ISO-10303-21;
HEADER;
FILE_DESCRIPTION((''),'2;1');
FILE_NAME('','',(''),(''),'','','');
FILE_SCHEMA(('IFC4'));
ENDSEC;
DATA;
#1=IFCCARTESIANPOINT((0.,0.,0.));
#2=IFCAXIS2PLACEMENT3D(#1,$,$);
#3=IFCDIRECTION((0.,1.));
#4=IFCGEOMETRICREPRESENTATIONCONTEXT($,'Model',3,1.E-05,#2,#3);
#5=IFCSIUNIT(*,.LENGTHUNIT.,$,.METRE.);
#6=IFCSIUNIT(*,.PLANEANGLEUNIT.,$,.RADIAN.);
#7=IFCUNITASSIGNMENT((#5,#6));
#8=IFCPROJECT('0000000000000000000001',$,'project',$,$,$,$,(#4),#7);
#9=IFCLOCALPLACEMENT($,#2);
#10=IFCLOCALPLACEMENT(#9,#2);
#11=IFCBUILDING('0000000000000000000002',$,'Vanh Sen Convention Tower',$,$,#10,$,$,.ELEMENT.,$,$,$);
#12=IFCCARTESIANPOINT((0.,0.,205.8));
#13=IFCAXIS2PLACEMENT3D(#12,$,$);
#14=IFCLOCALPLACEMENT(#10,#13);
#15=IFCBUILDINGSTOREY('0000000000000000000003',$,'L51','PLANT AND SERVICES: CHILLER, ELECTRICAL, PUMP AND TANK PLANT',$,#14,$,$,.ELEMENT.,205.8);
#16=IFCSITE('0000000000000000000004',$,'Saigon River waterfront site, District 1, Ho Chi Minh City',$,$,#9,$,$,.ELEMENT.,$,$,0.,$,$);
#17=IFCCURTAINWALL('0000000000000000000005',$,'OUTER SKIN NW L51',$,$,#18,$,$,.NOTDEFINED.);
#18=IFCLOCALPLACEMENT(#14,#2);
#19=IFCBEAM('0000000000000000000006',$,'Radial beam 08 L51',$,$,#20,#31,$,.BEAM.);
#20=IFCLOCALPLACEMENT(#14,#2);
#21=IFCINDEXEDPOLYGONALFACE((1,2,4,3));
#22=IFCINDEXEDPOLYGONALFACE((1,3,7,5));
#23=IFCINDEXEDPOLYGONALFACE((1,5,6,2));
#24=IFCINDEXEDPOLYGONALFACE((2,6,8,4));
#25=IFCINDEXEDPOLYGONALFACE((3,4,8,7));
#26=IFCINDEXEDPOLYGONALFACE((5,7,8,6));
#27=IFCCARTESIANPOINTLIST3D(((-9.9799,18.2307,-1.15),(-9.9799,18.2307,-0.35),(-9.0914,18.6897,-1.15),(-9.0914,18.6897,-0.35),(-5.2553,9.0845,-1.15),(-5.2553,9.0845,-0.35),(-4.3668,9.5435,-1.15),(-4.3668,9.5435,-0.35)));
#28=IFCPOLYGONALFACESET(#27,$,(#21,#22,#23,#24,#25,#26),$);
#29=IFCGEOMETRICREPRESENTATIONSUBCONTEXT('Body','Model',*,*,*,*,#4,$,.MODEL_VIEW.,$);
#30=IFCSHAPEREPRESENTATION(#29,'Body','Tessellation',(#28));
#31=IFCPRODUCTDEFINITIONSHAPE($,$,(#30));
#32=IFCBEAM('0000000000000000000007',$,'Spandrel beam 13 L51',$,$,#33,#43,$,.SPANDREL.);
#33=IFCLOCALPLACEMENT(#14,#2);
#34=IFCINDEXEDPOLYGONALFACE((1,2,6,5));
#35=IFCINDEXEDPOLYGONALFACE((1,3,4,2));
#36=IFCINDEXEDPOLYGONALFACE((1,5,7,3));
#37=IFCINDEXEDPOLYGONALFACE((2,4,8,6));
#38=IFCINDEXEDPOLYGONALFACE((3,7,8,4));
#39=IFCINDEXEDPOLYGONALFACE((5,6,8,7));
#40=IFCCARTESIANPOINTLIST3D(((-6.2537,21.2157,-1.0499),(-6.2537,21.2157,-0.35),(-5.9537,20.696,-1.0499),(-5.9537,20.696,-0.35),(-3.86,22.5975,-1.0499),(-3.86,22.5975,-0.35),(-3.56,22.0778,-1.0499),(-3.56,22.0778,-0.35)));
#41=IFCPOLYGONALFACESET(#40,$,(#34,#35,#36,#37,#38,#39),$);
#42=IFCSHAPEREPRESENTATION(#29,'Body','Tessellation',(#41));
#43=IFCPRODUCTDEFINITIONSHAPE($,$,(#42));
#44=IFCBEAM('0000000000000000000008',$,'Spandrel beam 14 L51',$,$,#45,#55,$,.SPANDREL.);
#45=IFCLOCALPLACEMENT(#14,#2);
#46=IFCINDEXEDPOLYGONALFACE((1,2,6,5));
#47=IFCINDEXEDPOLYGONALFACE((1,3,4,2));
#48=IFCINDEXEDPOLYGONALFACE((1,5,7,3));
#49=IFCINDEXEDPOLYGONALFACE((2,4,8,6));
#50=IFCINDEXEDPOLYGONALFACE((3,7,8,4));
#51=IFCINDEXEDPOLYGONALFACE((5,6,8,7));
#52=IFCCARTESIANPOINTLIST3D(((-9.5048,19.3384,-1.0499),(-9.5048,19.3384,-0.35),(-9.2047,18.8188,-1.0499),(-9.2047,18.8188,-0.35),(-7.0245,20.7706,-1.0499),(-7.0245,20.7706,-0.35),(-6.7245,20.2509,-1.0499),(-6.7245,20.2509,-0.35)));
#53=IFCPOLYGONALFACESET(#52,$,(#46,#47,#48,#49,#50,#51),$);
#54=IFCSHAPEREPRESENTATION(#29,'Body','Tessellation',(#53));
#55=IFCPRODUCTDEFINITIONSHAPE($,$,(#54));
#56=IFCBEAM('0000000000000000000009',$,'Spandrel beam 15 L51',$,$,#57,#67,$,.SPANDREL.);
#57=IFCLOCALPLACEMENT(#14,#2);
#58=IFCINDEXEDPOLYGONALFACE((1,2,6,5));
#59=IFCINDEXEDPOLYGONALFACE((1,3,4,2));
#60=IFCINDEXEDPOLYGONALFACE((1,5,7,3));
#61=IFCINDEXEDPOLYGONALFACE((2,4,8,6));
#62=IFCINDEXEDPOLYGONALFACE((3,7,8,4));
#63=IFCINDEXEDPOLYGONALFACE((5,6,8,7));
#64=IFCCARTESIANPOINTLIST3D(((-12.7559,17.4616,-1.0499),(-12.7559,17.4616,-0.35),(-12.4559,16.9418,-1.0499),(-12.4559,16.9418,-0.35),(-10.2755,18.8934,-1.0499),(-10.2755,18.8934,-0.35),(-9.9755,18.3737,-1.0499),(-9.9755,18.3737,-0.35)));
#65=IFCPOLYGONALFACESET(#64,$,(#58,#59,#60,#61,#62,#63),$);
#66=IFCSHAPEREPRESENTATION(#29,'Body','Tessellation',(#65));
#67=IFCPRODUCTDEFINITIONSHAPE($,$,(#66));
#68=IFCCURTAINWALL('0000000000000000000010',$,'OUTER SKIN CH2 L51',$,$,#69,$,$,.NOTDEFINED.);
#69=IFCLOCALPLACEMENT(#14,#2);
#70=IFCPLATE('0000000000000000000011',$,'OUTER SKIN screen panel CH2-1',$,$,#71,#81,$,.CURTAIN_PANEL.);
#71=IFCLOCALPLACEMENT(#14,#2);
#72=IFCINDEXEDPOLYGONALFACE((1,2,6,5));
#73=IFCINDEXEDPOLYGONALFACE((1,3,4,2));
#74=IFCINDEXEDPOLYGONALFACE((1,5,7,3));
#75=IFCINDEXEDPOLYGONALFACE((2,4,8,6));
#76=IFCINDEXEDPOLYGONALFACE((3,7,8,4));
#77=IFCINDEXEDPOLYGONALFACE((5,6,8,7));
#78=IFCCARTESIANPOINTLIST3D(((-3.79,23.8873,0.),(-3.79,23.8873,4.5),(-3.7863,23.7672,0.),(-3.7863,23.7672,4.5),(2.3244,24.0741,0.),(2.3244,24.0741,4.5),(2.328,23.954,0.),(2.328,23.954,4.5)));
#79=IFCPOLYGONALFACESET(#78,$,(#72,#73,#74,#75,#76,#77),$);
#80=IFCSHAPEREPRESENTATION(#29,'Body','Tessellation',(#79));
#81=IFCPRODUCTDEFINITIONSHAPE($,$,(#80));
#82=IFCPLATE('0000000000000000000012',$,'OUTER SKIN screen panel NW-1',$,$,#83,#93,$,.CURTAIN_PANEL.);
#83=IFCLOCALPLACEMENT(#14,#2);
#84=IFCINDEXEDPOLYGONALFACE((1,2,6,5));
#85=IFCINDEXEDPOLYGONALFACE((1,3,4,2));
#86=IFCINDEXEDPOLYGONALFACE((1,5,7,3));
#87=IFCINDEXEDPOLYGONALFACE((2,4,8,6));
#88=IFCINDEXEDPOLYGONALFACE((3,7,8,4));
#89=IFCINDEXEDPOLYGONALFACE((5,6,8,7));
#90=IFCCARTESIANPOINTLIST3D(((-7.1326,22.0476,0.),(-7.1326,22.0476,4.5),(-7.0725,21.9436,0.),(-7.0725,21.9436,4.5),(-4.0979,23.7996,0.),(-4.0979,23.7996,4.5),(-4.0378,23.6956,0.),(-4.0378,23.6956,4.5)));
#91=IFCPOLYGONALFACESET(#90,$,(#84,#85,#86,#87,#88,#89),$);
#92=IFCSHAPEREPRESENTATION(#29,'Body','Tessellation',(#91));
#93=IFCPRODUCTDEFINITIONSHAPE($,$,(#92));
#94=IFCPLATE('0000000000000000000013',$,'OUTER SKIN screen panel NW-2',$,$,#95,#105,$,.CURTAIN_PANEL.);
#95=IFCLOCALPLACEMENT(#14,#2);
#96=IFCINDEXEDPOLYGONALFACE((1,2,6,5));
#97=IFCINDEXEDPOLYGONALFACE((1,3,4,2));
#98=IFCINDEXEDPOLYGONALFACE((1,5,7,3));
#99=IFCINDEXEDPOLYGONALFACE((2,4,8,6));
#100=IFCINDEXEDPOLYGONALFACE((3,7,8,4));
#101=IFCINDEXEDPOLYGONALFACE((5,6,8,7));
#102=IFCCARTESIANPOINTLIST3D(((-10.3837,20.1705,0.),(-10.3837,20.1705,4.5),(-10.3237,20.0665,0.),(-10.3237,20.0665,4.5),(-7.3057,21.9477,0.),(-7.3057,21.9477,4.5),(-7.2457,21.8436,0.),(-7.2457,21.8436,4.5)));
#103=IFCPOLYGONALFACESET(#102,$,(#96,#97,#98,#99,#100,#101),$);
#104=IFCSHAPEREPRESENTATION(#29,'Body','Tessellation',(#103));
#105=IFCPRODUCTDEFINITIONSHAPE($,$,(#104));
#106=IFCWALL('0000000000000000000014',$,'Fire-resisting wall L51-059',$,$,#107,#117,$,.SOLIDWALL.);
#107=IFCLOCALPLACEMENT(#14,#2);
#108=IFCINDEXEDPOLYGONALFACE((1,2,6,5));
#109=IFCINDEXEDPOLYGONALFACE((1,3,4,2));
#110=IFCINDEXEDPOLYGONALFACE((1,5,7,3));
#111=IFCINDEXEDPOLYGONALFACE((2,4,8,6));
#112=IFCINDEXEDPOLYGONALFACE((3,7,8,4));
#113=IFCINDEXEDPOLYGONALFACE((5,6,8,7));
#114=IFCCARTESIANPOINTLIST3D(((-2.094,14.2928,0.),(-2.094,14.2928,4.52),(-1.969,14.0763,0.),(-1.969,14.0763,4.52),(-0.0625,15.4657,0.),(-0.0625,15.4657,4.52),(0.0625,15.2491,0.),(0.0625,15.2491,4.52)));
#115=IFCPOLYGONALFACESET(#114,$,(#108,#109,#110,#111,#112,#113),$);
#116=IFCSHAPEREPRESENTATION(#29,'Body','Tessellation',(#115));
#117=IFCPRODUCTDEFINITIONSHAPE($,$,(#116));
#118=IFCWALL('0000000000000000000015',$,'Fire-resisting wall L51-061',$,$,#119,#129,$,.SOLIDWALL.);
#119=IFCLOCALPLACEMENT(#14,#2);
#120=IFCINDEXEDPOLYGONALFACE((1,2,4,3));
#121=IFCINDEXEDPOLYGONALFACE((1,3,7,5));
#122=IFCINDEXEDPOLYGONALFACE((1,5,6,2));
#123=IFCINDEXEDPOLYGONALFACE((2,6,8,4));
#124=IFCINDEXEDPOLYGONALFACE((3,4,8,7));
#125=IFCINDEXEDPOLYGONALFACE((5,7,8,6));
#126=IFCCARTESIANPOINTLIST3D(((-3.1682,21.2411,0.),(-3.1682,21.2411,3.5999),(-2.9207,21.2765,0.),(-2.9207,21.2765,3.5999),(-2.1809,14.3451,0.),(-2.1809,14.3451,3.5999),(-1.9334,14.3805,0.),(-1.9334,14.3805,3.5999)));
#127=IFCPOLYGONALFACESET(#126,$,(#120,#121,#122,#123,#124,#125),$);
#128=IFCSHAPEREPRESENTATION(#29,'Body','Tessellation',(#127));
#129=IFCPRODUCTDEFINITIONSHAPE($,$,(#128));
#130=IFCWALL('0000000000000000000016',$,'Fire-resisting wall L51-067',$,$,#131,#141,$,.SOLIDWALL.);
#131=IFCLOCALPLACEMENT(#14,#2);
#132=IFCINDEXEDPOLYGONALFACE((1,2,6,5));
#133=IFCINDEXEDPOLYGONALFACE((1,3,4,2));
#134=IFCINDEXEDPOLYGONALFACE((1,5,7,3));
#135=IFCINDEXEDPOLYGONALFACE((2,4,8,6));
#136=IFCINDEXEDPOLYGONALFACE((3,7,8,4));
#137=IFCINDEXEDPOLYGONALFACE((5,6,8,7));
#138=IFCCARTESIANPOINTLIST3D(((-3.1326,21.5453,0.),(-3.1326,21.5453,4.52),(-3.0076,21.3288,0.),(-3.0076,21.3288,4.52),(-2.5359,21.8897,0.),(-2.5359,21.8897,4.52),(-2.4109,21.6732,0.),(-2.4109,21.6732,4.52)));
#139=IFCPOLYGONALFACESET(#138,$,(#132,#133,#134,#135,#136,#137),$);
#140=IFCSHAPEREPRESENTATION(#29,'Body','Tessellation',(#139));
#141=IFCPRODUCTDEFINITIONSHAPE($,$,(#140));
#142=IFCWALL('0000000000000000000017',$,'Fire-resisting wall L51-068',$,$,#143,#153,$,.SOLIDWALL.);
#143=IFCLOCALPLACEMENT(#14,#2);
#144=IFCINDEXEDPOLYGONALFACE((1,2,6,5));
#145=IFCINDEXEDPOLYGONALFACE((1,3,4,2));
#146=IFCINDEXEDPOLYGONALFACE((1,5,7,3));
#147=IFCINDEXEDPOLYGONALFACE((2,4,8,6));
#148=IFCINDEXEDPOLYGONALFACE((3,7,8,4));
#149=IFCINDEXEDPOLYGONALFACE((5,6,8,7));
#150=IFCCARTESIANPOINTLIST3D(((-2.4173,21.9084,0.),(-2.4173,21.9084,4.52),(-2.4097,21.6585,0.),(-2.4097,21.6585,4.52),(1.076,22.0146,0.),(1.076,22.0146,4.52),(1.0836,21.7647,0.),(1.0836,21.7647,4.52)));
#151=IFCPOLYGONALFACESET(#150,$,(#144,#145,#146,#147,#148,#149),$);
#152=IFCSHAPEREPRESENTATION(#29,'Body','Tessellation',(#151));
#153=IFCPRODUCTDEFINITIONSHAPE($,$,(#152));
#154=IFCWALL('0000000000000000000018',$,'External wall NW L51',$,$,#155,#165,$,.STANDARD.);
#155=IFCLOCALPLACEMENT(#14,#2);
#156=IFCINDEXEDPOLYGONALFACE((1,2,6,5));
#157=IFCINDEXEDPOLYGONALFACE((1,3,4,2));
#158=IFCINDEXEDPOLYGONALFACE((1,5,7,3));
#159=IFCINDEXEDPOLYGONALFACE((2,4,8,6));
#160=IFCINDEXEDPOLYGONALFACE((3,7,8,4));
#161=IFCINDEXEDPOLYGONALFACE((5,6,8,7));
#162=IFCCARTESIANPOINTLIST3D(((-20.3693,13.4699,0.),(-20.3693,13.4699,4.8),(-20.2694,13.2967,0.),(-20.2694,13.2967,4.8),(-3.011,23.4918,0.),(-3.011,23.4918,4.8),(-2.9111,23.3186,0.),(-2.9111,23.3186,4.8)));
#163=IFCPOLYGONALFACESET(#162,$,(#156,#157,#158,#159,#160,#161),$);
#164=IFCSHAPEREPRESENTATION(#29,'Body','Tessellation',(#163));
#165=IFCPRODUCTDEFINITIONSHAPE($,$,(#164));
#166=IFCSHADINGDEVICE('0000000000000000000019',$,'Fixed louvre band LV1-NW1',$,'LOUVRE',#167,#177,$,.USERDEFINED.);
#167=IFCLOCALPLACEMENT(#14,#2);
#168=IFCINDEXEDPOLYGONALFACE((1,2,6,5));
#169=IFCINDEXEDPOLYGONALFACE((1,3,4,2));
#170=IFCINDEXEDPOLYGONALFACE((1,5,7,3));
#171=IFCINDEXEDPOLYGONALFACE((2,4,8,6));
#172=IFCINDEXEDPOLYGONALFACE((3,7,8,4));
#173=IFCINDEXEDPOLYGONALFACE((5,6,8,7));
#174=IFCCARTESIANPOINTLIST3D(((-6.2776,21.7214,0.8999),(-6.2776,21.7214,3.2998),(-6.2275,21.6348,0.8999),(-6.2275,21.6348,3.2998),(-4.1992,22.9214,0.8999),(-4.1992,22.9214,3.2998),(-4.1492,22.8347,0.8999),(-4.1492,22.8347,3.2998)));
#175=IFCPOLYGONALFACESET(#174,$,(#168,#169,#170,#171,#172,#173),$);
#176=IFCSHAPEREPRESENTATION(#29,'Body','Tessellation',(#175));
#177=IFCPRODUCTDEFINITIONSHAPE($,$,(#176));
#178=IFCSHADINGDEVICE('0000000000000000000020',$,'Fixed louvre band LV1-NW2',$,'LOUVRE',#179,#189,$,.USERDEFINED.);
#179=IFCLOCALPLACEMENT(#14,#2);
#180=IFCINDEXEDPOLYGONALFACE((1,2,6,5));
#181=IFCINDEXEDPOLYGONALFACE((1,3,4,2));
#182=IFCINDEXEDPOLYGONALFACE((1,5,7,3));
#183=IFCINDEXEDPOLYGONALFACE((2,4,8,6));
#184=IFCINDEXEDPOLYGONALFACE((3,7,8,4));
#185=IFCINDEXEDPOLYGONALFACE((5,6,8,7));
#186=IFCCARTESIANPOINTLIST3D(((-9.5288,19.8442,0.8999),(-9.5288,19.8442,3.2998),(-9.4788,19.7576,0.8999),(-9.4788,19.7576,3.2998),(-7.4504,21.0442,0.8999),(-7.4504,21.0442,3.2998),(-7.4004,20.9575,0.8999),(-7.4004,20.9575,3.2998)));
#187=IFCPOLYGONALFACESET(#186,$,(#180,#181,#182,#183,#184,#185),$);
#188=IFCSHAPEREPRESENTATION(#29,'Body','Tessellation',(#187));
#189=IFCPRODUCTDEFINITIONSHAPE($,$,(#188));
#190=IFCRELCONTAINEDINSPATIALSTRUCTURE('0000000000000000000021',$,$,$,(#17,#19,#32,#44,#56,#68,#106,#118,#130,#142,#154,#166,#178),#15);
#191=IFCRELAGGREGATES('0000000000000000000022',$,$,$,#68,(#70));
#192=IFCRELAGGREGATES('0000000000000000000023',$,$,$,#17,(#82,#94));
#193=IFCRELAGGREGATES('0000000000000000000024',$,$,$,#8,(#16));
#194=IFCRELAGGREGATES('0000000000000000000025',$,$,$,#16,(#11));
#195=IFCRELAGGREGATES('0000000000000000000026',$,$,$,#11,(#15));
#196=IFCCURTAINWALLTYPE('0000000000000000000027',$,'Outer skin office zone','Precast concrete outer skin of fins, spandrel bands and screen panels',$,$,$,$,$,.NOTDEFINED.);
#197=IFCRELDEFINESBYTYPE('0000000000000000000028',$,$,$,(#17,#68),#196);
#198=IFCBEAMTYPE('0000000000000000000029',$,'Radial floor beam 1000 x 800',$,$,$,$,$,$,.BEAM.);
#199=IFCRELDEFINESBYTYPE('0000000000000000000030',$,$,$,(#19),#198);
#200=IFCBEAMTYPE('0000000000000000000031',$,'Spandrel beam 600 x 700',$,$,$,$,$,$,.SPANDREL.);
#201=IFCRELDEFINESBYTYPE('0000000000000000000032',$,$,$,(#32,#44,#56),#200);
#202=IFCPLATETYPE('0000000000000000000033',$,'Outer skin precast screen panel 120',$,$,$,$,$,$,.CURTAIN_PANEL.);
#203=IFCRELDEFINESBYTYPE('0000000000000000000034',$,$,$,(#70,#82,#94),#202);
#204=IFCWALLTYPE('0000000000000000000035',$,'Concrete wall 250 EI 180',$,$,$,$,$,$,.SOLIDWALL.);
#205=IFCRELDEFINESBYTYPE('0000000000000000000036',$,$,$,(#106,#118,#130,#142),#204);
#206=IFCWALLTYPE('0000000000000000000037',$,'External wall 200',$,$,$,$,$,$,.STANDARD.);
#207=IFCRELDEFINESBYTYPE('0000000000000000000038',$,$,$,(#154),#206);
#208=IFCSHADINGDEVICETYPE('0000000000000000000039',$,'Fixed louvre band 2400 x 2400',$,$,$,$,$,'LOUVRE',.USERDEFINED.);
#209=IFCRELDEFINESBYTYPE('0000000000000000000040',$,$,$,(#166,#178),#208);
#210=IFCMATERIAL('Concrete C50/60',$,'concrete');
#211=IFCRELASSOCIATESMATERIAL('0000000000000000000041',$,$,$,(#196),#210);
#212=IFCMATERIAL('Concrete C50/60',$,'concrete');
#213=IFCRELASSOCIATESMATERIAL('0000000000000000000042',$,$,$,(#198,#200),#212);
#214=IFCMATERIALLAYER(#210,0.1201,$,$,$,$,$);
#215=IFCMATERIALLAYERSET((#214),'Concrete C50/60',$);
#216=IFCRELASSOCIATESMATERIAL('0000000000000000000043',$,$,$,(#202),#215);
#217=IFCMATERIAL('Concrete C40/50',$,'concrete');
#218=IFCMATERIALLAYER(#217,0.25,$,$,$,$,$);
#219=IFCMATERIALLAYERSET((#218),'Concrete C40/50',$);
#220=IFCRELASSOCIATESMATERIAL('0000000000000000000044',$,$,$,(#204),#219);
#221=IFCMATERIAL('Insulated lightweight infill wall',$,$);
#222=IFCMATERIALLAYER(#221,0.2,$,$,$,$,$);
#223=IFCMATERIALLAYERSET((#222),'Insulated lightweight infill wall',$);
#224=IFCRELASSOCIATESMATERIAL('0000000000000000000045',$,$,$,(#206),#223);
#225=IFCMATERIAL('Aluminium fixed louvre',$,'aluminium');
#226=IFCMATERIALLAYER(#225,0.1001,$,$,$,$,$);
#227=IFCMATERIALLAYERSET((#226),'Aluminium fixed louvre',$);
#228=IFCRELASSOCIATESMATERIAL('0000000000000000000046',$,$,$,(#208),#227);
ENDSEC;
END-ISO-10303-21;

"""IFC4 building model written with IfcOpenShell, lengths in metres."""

from ifc_helpers import new_model, si_unit, direction, frame, frame_2d, origin, origin_2d, place, context, subcontext, project, spatial, rectangle, extrude, material, layer, layer_set, material_profile, profile_set, type_object, element, aggregate, save


model = new_model("IFC4")

# Units and contexts
model_context = context("Model", 3, precision=1e-05, world=origin(), true_north=direction((0.0, 1.0)))
body_context = subcontext(model_context, "Body", "Model", "MODEL_VIEW")
ifc_project = project(units=[si_unit("LENGTHUNIT", "METRE"), si_unit("PLANEANGLEUNIT", "RADIAN")], contexts=[model_context])

# Site, building, storey
site_placement = place(None, origin())
site = spatial("IfcSite", under=ifc_project, at=site_placement, Name="Saigon River waterfront site, District 1, Ho Chi Minh City", CompositionType="ELEMENT", RefElevation=0.0)
building_placement = place(site_placement, origin())
building = spatial("IfcBuilding", under=site, at=building_placement, Name="Vanh Sen Convention Tower", CompositionType="ELEMENT")
storey_placement = place(building_placement, frame((0.0, 0.0, 205.8)))
storey = spatial("IfcBuildingStorey", under=building, at=storey_placement, Name="L51", Description="PLANT AND SERVICES: CHILLER, ELECTRICAL, PUMP AND TANK PLANT", CompositionType="ELEMENT", Elevation=205.8)

# Curtain wall
ifc_material_1 = material(Name="Concrete C50/60", Category="concrete")
curtain_wall_type = type_object("IfcCurtainWallType", Name="Outer skin office zone", Description="Precast concrete outer skin of fins, spandrel bands and screen panels", PredefinedType="NOTDEFINED", material=ifc_material_1)
curtain_wall_1_placement = place(storey_placement, origin())
curtain_wall_1 = element("IfcCurtainWall", 1, at=curtain_wall_1_placement, inside=storey, type_object=curtain_wall_type, Name="OUTER SKIN NW L51", PredefinedType="NOTDEFINED")

# Beams
ifc_material_2 = material(Name="Concrete C50/60", Category="concrete")
ifc_material_profile_1 = material_profile(ifc_material_2, rectangle(XDim=1.0, YDim=0.8, at=origin_2d()), Name="RC 1000X800")
ifc_profile_set_1 = profile_set([ifc_material_profile_1], Name="Concrete C50/60")
beam_type_1 = type_object("IfcBeamType", Name="Radial floor beam 1000 x 800", PredefinedType="BEAM", material=ifc_profile_set_1)
beam_1_placement = place(storey_placement, frame((-9.5356, 18.4602, -0.75), z_axis=(0.458947, -0.888463, 0.0), x_axis=(0.888463, 0.458947, 0.0)))
element("IfcBeam", 2, at=beam_1_placement, inside=storey, type_object=beam_type_1, Name="Radial beam 08 L51", PredefinedType="BEAM", context=body_context, shape_type="SweptSolid", body=[
    extrude(rectangle(XDim=1.0, YDim=0.8, at=origin_2d()), origin(), (0.0, 0.0, 1.0), 10.2944),
])
ifc_material_profile_2 = material_profile(ifc_material_2, rectangle(XDim=0.6001, YDim=0.7, at=origin_2d()), Name="RC 600X700")
ifc_profile_set_2 = profile_set([ifc_material_profile_2], Name="Concrete C50/60")
beam_type_2 = type_object("IfcBeamType", Name="Spandrel beam 600 x 700", PredefinedType="SPANDREL", material=ifc_profile_set_2)
beam_2_placement = place(storey_placement, frame((-3.71, 22.3376, -0.7), z_axis=(-0.866061, -0.499939, 0.0), x_axis=(0.499939, -0.866061, 0.0)))
element("IfcBeam", 3, at=beam_2_placement, inside=storey, type_object=beam_type_2, Name="Spandrel beam 13 L51", PredefinedType="SPANDREL", context=body_context, shape_type="SweptSolid", body=[
    extrude(rectangle(XDim=0.6001, YDim=0.7, at=origin_2d()), origin(), (0.0, 0.0, 1.0), 2.7639),
])
for number, where, z_axis, x_axis, name in (
    (4, (-6.8745, 20.5107, -0.7), (-0.866, -0.500045, 0.0), (0.500045, -0.866, 0.0), "Spandrel beam 14 L51"),
    (5, (-10.1255, 18.6335, -0.7), (-0.866058, -0.499944, 0.0), (0.499944, -0.866058, 0.0), "Spandrel beam 15 L51"),
):
    element("IfcBeam", number, at=place(storey_placement, frame(where, z_axis=z_axis, x_axis=x_axis)), inside=storey, type_object=beam_type_2, Name=name, PredefinedType="SPANDREL", context=body_context, shape_type="SweptSolid", body=[
        extrude(rectangle(XDim=0.6001, YDim=0.7, at=origin_2d()), origin(), (0.0, 0.0, 1.0), 2.864),
    ])

# Curtain wall, plate
curtain_wall_2_placement = place(storey_placement, origin())
curtain_wall_2 = element("IfcCurtainWall", 6, at=curtain_wall_2_placement, inside=storey, type_object=curtain_wall_type, Name="OUTER SKIN CH2 L51", PredefinedType="NOTDEFINED")
ifc_layer_1 = layer(ifc_material_1, 0.1201)
ifc_layer_set_1 = layer_set([ifc_layer_1], Name="Concrete C50/60")
plate_type = type_object("IfcPlateType", Name="Outer skin precast screen panel 120", PredefinedType="CURTAIN_PANEL", material=ifc_layer_set_1)
plate_1_placement = place(storey_placement, frame((-0.731, 23.9207, 0.0), z_axis=(0.0, 0.0, 1.0), x_axis=(-0.999534, -0.030539, 0.0)))
plate_1 = element("IfcPlate", 7, at=plate_1_placement, type_object=plate_type, Name="OUTER SKIN screen panel CH2-1", PredefinedType="CURTAIN_PANEL", context=body_context, shape_type="SweptSolid", body=[
    extrude(rectangle(XDim=6.1172, YDim=0.1201, at=origin_2d()), origin(), (0.0, 0.0, 1.0), 4.5),
])
aggregate(curtain_wall_2, [plate_1])

# Plates
plate_2_placement = place(storey_placement, frame((-5.5852, 22.8716, 0.0), z_axis=(0.0, 0.0, 1.0), x_axis=(-0.866035, -0.499983, 0.0)))
plate_2 = element("IfcPlate", 8, at=plate_2_placement, type_object=plate_type, Name="OUTER SKIN screen panel NW-1", PredefinedType="CURTAIN_PANEL", context=body_context, shape_type="SweptSolid", body=[
    extrude(rectangle(XDim=3.5042, YDim=0.1201, at=origin_2d()), origin(), (0.0, 0.0, 1.0), 4.5),
])
plate_3_placement = place(storey_placement, frame((-8.8147, 21.0071, 0.0), z_axis=(0.0, 0.0, 1.0), x_axis=(-0.866017, -0.500015, 0.0)))
plate_3 = element("IfcPlate", 9, at=plate_3_placement, type_object=plate_type, Name="OUTER SKIN screen panel NW-2", PredefinedType="CURTAIN_PANEL", context=body_context, shape_type="SweptSolid", body=[
    extrude(rectangle(XDim=3.5542, YDim=0.1201, at=origin_2d()), origin(), (0.0, 0.0, 1.0), 4.5),
])
aggregate(curtain_wall_1, [plate_2, plate_3])

# Walls
ifc_material_3 = material(Name="Concrete C40/50", Category="concrete")
ifc_layer_2 = layer(ifc_material_3, 0.25)
ifc_layer_set_2 = layer_set([ifc_layer_2], Name="Concrete C40/50")
wall_type_1 = type_object("IfcWallType", Name="Concrete wall 250 EI 180", PredefinedType="SOLIDWALL", material=ifc_layer_set_2)
wall_1_placement = place(storey_placement, frame((-2.0315, 14.1846, 0.0), z_axis=(0.0, 0.0, 1.0), x_axis=(0.866031, 0.49999, 0.0)))
element("IfcWall", 10, at=wall_1_placement, inside=storey, type_object=wall_type_1, Name="Fire-resisting wall L51-059", PredefinedType="SOLIDWALL", context=body_context, shape_type="SweptSolid", body=[
    extrude(rectangle(XDim=2.3457, YDim=0.25, at=frame_2d((1.1729, 0.0))), origin(), (0.0, 0.0, 1.0), 4.52),
])
wall_2_placement = place(storey_placement, frame((-2.0571, 14.3628, 0.0), z_axis=(0.0, 0.0, 1.0), x_axis=(-0.141726, 0.989906, 0.0)))
element("IfcWall", 11, at=wall_2_placement, inside=storey, type_object=wall_type_1, Name="Fire-resisting wall L51-061", PredefinedType="SOLIDWALL", context=body_context, shape_type="SweptSolid", body=[
    extrude(rectangle(XDim=6.9663, YDim=0.25, at=frame_2d((3.4832, 0.0))), origin(), (0.0, 0.0, 1.0), 3.5999),
])
wall_3_placement = place(storey_placement, frame((-3.0701, 21.437, 0.0), z_axis=(0.0, 0.0, 1.0), x_axis=(0.866032, 0.499988, 0.0)))
element("IfcWall", 12, at=wall_3_placement, inside=storey, type_object=wall_type_1, Name="Fire-resisting wall L51-067", PredefinedType="SOLIDWALL", context=body_context, shape_type="SweptSolid", body=[
    extrude(rectangle(XDim=0.689, YDim=0.25, at=frame_2d((0.3445, 0.0))), origin(), (0.0, 0.0, 1.0), 4.52),
])
wall_4_placement = place(storey_placement, frame((-2.4136, 21.7834, 0.0), z_axis=(0.0, 0.0, 1.0), x_axis=(0.999538, 0.030389, 0.0)))
element("IfcWall", 13, at=wall_4_placement, inside=storey, type_object=wall_type_1, Name="Fire-resisting wall L51-068", PredefinedType="SOLIDWALL", context=body_context, shape_type="SweptSolid", body=[
    extrude(rectangle(XDim=3.4949, YDim=0.25, at=frame_2d((1.7476, 0.0))), origin(), (0.0, 0.0, 1.0), 4.52),
])
ifc_material_4 = material(Name="Insulated lightweight infill wall")
ifc_layer_3 = layer(ifc_material_4, 0.2)
ifc_layer_set_3 = layer_set([ifc_layer_3], Name="Insulated lightweight infill wall")
wall_type_2 = type_object("IfcWallType", Name="External wall 200", PredefinedType="STANDARD", material=ifc_layer_set_3)
wall_5_placement = place(storey_placement, frame((-2.9609, 23.4053, 0.0), z_axis=(0.0, 0.0, 1.0), x_axis=(-0.866023, -0.500004, 0.0)))
element("IfcWall", 14, at=wall_5_placement, inside=storey, type_object=wall_type_2, Name="External wall NW L51", PredefinedType="STANDARD", context=body_context, shape_type="SweptSolid", body=[
    extrude(rectangle(XDim=20.0437, YDim=0.2, at=frame_2d((10.022, 0.0))), origin(), (0.0, 0.0, 1.0), 4.8),
])

# Shading devices
ifc_material_5 = material(Name="Aluminium fixed louvre", Category="aluminium")
ifc_layer_4 = layer(ifc_material_5, 0.1001)
ifc_layer_set_4 = layer_set([ifc_layer_4], Name="Aluminium fixed louvre")
shading_device_type_1 = type_object("IfcShadingDeviceType", Name="Fixed louvre band 2400 x 2400", ElementType="LOUVRE", PredefinedType="USERDEFINED", material=ifc_layer_set_4)
for number, where, z_axis, x_axis, name in (
    (15, (-5.2134, 22.2781, 0.8999), (0.0, 0.0, 1.0), (-0.866025, -0.500002, 0.0), "Fixed louvre band LV1-NW1"),
    (16, (-8.4646, 20.4009, 0.8999), (0.0, 0.0, 1.0), (-0.866025, -0.500002, 0.0), "Fixed louvre band LV1-NW2"),
):
    element("IfcShadingDevice", number, at=place(storey_placement, frame(where, z_axis=z_axis, x_axis=x_axis)), inside=storey, type_object=shading_device_type_1, Name=name, ObjectType="LOUVRE", PredefinedType="USERDEFINED", context=body_context, shape_type="SweptSolid", body=[
        extrude(rectangle(XDim=2.3999, YDim=0.1001, at=origin_2d()), origin(), (0.0, 0.0, 1.0), 2.3999),
    ])

save(model, "model.ifc")
